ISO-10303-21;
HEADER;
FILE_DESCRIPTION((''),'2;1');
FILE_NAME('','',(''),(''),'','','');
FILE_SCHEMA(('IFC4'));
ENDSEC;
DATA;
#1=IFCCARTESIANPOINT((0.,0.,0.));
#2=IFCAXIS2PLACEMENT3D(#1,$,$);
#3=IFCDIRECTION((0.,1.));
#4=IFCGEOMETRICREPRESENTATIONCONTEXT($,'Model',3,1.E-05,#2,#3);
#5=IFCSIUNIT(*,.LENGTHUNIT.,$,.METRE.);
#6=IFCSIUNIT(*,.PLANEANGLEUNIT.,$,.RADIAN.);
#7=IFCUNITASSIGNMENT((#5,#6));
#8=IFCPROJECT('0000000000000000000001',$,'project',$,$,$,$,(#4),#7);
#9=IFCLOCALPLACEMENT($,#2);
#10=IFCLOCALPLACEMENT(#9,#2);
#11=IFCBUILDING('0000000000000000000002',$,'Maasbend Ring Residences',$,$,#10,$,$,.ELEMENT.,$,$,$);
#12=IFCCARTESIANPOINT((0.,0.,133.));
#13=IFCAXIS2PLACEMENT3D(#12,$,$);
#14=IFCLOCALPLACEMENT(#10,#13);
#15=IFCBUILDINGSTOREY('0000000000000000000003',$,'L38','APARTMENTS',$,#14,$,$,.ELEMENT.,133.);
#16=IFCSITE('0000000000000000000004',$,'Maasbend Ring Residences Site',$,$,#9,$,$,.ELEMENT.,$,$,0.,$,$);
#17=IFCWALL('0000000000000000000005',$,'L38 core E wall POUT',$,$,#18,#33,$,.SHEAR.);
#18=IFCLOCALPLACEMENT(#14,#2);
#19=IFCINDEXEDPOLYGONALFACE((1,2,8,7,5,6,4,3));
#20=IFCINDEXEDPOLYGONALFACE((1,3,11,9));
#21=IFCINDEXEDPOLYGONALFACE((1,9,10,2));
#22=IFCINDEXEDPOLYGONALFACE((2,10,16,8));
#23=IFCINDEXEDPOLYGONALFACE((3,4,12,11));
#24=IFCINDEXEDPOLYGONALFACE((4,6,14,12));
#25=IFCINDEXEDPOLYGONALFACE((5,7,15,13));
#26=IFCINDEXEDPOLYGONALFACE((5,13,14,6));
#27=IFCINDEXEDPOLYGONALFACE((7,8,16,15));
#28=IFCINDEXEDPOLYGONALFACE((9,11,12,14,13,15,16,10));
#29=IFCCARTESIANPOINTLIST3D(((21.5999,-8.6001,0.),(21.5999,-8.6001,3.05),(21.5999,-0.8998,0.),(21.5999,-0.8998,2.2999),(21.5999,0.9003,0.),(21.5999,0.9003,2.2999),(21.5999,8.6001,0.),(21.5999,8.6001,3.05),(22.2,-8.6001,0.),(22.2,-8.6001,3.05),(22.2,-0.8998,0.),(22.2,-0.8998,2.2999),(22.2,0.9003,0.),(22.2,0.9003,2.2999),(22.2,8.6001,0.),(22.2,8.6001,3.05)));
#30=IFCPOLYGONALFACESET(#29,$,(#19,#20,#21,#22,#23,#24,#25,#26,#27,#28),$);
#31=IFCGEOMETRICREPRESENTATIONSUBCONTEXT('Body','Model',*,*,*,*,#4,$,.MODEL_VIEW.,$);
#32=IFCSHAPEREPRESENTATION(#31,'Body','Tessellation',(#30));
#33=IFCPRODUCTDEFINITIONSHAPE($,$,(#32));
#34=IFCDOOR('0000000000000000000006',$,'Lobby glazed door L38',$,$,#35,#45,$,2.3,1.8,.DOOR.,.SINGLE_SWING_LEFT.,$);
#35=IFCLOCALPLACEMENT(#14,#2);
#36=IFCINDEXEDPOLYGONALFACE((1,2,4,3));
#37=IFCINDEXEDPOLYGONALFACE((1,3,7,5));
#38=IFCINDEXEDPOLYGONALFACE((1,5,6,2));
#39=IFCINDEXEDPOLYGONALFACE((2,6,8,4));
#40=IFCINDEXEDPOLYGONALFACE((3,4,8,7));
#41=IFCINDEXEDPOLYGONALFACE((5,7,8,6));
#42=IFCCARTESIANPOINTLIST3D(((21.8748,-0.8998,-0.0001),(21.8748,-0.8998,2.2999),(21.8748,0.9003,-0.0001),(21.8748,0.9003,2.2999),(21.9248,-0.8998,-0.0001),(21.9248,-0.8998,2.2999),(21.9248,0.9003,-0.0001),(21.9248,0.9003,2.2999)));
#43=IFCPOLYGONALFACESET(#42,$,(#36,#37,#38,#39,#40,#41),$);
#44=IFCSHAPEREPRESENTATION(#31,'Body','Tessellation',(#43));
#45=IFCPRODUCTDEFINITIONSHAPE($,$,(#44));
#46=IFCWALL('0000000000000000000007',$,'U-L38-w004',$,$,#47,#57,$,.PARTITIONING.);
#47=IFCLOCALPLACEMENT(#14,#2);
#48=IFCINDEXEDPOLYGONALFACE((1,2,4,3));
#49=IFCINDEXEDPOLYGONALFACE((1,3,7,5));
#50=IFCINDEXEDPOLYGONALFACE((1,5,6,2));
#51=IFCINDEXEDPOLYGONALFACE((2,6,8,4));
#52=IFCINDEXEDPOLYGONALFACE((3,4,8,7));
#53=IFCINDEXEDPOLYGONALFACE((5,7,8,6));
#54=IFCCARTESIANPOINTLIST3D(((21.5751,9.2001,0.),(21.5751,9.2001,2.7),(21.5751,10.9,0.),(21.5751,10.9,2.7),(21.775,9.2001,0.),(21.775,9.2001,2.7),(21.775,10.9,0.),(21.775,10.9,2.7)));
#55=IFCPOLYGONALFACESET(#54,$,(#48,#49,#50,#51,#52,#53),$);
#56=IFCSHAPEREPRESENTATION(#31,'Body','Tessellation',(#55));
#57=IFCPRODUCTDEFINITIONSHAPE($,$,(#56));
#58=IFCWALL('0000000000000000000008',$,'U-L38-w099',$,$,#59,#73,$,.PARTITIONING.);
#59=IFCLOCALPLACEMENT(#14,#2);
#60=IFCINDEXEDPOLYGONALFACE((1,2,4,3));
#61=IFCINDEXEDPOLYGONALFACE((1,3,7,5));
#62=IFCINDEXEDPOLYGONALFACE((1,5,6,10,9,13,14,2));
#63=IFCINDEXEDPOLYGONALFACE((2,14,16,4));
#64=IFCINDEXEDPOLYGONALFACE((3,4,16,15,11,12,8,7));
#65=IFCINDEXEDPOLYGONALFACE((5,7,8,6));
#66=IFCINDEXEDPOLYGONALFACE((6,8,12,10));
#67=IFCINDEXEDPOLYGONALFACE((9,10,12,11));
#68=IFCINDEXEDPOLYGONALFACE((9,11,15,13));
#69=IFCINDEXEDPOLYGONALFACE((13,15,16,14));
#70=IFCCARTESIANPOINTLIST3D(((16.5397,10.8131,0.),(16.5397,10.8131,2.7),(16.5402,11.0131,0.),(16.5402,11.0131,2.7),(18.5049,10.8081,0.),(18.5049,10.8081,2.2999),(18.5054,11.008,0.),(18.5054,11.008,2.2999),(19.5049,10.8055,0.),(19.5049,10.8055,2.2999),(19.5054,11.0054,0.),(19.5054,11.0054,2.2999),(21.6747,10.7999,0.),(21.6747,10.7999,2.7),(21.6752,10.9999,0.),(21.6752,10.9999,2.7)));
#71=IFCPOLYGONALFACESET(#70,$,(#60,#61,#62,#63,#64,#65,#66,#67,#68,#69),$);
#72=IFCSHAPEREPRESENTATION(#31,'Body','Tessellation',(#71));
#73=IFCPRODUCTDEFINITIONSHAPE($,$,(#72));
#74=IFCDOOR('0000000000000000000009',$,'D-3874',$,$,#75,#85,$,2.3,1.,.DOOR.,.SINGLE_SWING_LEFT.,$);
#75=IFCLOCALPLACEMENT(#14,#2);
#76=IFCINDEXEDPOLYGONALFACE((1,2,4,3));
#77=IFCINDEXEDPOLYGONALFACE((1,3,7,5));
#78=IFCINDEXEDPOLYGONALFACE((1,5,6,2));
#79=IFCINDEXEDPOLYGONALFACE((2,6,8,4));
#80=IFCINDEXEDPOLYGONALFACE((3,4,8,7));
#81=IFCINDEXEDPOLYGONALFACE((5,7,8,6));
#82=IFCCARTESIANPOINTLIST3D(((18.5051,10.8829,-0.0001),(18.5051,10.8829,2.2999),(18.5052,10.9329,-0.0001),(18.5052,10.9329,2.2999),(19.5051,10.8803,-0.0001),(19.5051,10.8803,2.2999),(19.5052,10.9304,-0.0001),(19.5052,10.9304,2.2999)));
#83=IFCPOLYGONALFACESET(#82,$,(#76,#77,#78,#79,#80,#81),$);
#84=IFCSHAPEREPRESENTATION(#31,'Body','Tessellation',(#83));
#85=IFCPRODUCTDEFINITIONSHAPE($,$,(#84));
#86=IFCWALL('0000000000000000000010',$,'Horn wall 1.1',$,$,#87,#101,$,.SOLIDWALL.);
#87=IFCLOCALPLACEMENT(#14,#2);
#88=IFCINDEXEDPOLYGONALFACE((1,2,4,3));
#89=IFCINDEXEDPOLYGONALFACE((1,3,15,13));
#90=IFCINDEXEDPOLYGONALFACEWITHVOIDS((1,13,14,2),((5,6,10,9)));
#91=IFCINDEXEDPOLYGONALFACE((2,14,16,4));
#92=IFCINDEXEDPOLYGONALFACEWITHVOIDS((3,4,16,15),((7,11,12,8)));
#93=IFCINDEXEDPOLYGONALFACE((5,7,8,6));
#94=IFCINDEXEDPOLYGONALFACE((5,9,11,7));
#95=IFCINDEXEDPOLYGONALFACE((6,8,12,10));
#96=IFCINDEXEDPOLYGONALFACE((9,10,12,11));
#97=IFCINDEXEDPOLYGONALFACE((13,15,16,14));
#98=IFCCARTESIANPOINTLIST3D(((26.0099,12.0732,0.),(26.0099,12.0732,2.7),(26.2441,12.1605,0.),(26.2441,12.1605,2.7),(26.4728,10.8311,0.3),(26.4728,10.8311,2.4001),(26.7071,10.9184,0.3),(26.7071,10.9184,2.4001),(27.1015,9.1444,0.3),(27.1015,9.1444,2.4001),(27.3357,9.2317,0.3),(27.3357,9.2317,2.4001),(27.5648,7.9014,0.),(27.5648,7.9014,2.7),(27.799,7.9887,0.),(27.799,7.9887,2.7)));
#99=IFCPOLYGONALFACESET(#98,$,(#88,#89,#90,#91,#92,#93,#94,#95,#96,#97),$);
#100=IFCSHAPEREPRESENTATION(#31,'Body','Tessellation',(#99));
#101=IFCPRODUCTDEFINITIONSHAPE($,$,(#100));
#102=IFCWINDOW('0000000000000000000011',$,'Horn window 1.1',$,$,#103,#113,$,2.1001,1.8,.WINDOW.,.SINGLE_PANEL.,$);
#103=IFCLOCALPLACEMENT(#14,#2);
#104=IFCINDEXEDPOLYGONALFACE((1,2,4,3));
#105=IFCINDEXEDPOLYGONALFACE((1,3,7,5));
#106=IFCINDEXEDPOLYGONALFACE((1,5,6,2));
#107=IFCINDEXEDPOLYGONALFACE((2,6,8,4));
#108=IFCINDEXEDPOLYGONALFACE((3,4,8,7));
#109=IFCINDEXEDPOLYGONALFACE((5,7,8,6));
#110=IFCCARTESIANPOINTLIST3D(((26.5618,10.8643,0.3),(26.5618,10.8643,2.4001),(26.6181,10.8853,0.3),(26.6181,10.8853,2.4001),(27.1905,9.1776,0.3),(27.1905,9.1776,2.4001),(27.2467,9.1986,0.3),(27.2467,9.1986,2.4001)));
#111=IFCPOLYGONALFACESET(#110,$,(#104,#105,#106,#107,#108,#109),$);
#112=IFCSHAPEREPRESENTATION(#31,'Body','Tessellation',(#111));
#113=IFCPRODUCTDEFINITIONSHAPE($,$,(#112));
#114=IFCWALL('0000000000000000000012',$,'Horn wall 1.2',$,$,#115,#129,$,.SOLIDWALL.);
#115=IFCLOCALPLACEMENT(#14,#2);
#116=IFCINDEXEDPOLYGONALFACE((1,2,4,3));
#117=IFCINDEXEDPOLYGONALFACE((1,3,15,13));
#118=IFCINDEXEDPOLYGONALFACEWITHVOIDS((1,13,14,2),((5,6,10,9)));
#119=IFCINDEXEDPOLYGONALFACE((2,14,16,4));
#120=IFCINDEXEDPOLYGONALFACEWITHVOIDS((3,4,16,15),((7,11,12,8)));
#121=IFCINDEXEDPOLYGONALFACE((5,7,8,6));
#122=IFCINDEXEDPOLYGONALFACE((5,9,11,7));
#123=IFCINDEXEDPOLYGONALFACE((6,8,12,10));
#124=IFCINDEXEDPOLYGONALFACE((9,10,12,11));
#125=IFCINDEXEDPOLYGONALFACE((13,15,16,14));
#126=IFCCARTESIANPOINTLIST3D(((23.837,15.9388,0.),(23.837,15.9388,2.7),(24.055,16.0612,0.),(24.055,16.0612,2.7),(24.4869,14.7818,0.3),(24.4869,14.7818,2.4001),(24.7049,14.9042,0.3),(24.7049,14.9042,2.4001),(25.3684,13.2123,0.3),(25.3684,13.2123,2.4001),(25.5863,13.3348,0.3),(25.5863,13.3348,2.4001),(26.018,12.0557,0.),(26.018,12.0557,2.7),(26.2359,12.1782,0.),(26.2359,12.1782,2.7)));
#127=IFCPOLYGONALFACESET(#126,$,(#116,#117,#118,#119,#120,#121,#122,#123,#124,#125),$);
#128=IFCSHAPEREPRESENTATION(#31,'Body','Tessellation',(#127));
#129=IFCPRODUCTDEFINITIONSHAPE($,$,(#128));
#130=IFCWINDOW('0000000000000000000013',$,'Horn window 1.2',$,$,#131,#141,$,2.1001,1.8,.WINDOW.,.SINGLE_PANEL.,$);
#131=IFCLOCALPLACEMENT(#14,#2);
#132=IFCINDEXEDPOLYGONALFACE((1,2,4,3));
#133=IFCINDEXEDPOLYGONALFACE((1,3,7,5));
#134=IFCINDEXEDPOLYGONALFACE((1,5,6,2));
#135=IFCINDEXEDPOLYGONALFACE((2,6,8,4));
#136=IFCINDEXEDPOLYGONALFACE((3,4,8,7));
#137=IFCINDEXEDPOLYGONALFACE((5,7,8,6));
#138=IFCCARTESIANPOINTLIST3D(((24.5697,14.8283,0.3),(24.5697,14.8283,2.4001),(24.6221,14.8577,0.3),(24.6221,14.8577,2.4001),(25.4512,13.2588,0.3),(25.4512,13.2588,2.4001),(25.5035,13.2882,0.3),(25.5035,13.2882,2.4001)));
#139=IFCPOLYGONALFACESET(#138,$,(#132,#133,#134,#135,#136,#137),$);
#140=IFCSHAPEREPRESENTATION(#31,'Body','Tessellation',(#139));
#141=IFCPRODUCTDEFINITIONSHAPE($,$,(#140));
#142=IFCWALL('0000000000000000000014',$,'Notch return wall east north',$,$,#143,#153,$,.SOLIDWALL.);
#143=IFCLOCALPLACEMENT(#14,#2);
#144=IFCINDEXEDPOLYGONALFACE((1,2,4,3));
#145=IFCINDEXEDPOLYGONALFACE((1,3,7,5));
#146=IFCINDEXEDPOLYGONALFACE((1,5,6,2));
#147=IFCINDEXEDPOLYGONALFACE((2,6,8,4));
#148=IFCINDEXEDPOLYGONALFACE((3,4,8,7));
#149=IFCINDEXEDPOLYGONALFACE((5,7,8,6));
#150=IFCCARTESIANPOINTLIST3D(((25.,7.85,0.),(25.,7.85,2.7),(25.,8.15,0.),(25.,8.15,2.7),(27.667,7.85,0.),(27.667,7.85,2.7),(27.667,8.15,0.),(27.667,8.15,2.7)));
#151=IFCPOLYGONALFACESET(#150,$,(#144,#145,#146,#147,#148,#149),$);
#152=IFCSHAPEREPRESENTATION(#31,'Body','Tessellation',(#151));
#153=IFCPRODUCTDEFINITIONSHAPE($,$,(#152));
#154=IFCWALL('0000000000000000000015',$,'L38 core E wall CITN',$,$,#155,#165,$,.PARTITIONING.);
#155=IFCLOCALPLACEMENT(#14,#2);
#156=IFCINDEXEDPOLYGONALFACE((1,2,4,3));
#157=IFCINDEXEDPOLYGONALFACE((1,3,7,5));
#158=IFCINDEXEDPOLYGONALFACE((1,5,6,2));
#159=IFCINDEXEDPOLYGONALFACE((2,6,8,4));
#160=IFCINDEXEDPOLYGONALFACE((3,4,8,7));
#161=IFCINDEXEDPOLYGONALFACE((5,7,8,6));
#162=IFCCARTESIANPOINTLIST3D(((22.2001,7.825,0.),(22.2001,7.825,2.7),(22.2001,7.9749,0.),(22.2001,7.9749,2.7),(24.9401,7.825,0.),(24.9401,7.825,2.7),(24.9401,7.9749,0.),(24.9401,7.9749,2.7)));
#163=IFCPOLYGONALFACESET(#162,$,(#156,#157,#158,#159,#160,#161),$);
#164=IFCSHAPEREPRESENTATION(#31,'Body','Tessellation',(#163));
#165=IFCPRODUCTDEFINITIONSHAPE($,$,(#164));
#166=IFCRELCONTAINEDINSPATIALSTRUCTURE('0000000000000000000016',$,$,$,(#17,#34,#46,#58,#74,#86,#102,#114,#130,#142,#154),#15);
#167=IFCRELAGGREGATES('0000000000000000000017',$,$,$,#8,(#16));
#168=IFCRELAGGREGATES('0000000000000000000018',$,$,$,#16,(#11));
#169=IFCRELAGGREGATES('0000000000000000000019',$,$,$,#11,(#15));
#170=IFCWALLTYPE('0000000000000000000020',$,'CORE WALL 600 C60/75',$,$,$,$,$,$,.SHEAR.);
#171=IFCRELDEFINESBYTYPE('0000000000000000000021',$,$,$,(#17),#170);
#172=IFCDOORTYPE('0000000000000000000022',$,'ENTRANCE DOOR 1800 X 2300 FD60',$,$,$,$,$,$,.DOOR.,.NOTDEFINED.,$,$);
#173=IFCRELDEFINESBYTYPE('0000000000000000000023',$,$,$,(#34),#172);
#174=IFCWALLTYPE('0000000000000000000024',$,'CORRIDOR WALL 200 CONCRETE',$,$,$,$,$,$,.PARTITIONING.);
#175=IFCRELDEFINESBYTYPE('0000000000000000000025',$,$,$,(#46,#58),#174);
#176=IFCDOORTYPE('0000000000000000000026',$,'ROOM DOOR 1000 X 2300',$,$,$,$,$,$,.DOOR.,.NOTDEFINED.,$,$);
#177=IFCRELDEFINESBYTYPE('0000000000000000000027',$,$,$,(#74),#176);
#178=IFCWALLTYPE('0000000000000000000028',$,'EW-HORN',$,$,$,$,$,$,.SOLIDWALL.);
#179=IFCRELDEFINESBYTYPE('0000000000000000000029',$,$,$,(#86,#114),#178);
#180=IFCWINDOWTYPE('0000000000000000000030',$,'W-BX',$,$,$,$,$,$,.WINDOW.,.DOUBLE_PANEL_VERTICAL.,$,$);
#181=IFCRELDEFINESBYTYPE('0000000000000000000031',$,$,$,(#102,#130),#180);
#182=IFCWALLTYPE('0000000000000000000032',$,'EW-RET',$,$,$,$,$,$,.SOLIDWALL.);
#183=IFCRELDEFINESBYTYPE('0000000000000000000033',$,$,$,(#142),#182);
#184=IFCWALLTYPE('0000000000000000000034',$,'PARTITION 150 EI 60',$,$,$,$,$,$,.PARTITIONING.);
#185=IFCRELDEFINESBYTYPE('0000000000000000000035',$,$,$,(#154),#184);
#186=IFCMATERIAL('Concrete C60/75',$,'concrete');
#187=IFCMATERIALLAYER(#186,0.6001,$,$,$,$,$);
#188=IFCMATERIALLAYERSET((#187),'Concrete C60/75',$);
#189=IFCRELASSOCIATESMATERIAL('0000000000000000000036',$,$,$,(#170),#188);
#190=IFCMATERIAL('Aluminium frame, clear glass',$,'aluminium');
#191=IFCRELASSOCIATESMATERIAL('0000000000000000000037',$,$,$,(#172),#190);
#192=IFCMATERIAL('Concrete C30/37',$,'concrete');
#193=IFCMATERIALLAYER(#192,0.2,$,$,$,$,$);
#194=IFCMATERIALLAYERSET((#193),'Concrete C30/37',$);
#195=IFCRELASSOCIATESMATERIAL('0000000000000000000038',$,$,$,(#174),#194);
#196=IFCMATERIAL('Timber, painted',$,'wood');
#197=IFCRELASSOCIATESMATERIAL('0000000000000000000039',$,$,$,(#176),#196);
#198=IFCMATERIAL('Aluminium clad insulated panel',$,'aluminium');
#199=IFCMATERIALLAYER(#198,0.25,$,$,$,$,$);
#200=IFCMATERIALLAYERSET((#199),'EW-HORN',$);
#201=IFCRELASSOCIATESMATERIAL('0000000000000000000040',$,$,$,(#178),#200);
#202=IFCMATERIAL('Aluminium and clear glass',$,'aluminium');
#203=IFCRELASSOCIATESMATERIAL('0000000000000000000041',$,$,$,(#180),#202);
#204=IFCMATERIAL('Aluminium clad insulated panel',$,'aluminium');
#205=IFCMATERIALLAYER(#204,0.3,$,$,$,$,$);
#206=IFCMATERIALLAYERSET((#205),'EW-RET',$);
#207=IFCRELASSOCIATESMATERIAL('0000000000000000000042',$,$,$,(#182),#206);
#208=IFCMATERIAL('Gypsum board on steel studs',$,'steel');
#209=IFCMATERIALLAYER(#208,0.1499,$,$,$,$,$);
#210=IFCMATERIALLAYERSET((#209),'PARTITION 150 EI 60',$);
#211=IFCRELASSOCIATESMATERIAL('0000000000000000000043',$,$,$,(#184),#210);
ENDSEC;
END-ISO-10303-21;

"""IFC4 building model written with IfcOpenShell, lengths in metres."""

from ifc_helpers import new_model, si_unit, direction, frame, frame_2d, origin, place, context, subcontext, project, spatial, rectangle, extrude, material, layer, layer_set, type_object, element, fill, save


model = new_model("IFC4")

# Units and contexts
model_context = context("Model", 3, precision=1e-05, world=origin(), true_north=direction((0.0, 1.0)))
body_context = subcontext(model_context, "Body", "Model", "MODEL_VIEW")
ifc_project = project(units=[si_unit("LENGTHUNIT", "METRE"), si_unit("PLANEANGLEUNIT", "RADIAN")], contexts=[model_context])

# Site, building, storey
site_placement = place(None, origin())
site = spatial("IfcSite", under=ifc_project, at=site_placement, Name="Maasbend Ring Residences Site", CompositionType="ELEMENT", RefElevation=0.0)
building_placement = place(site_placement, origin())
building = spatial("IfcBuilding", under=site, at=building_placement, Name="Maasbend Ring Residences", CompositionType="ELEMENT")
storey_placement = place(building_placement, frame((0.0, 0.0, 133.0)))
storey = spatial("IfcBuildingStorey", under=building, at=storey_placement, Name="L38", Description="APARTMENTS", CompositionType="ELEMENT", Elevation=133.0)

# Wall, opening, door
ifc_material_1 = material(Name="Concrete C60/75", Category="concrete")
ifc_layer_1 = layer(ifc_material_1, 0.6001)
ifc_layer_set_1 = layer_set([ifc_layer_1], Name="Concrete C60/75")
wall_type_1 = type_object("IfcWallType", Name="CORE WALL 600 C60/75", PredefinedType="SHEAR", material=ifc_layer_set_1)
wall_1_placement = place(storey_placement, frame((21.8999, 8.6001, 0.0), z_axis=(0.0, 0.0, 1.0), x_axis=(0.0, -1.0, 0.0)))
wall_1 = element("IfcWall", 1, at=wall_1_placement, inside=storey, type_object=wall_type_1, Name="L38 core E wall POUT", PredefinedType="SHEAR", context=body_context, shape_type="SweptSolid", body=[
    extrude(rectangle(XDim=17.2002, YDim=0.6001, at=frame_2d((8.6001, 0.0))), origin(), (0.0, 0.0, 1.0), 3.05),
])
opening_1_placement = place(wall_1_placement, frame((7.7, 0.0, 0.0)))
opening_1 = element("IfcOpeningElement", 2, at=opening_1_placement, cuts=wall_1, PredefinedType="OPENING", context=body_context, shape_type="SweptSolid", body=[
    extrude(rectangle(XDim=1.8, YDim=2.3, at=frame_2d((0.8999, 1.1499))), frame((0.0, 0.3101, 0.0), z_axis=(0.0, -1.0, 0.0), x_axis=(1.0, 0.0, 0.0)), (0.0, 0.0, 1.0), 0.6201),
])
ifc_material_2 = material(Name="Aluminium frame, clear glass", Category="aluminium")
door_type_1 = type_object("IfcDoorType", Name="ENTRANCE DOOR 1800 X 2300 FD60", OperationType="NOTDEFINED", PredefinedType="DOOR", material=ifc_material_2)
door_1_placement = place(opening_1_placement, origin())
door_1 = element("IfcDoor", 3, at=door_1_placement, inside=storey, type_object=door_type_1, Name="Lobby glazed door L38", OperationType="SINGLE_SWING_LEFT", OverallHeight=2.3, OverallWidth=1.8, PredefinedType="DOOR", context=body_context, shape_type="SweptSolid", body=[
    extrude(rectangle(XDim=1.8, YDim=2.3, at=frame_2d((0.8999, 1.1499))), frame((0.0, 0.0249, 0.0), z_axis=(0.0, -1.0, 0.0), x_axis=(1.0, 0.0, 0.0)), (0.0, 0.0, 1.0), 0.05),
])
fill(opening_1, door_1)

# Wall
ifc_material_3 = material(Name="Concrete C30/37", Category="concrete")
ifc_layer_2 = layer(ifc_material_3, 0.2)
ifc_layer_set_2 = layer_set([ifc_layer_2], Name="Concrete C30/37")
wall_type_2 = type_object("IfcWallType", Name="CORRIDOR WALL 200 CONCRETE", PredefinedType="PARTITIONING", material=ifc_layer_set_2)
wall_2_placement = place(storey_placement, frame((21.675, 9.2, 0.0), z_axis=(0.0, 0.0, 1.0), x_axis=(0.0, 1.0, 0.0)))
element("IfcWall", 4, at=wall_2_placement, inside=storey, type_object=wall_type_2, Name="U-L38-w004", PredefinedType="PARTITIONING", context=body_context, shape_type="SweptSolid", body=[
    extrude(rectangle(XDim=1.7, YDim=0.2, at=frame_2d((0.8501, 0.0))), origin(), (0.0, 0.0, 1.0), 2.7),
])

# Wall, opening, door
wall_3_placement = place(storey_placement, frame((16.54, 10.9131, 0.0), z_axis=(0.0, 0.0, 1.0), x_axis=(0.999997, -0.002567, 0.0)))
wall_3 = element("IfcWall", 5, at=wall_3_placement, inside=storey, type_object=wall_type_2, Name="U-L38-w099", PredefinedType="PARTITIONING", context=body_context, shape_type="SweptSolid", body=[
    extrude(rectangle(XDim=5.135, YDim=0.2, at=frame_2d((2.5674, 0.0))), origin(), (0.0, 0.0, 1.0), 2.7),
])
opening_2_placement = place(wall_3_placement, frame((1.9651, 0.0, 0.0)))
opening_2 = element("IfcOpeningElement", 6, at=opening_2_placement, cuts=wall_3, PredefinedType="OPENING", context=body_context, shape_type="SweptSolid", body=[
    extrude(rectangle(XDim=1.0, YDim=2.3, at=frame_2d((0.5, 1.1499))), frame((0.0, 0.1099, 0.0), z_axis=(0.0, -1.0, 0.0), x_axis=(1.0, 0.0, 0.0)), (0.0, 0.0, 1.0), 0.22),
])
ifc_material_4 = material(Name="Timber, painted", Category="wood")
door_type_2 = type_object("IfcDoorType", Name="ROOM DOOR 1000 X 2300", OperationType="NOTDEFINED", PredefinedType="DOOR", material=ifc_material_4)
door_2_placement = place(opening_2_placement, origin())
door_2 = element("IfcDoor", 7, at=door_2_placement, inside=storey, type_object=door_type_2, Name="D-3874", OperationType="SINGLE_SWING_LEFT", OverallHeight=2.3, OverallWidth=1.0, PredefinedType="DOOR", context=body_context, shape_type="SweptSolid", body=[
    extrude(rectangle(XDim=1.0, YDim=2.3, at=frame_2d((0.5, 1.1499))), frame((0.0, 0.0249, 0.0), z_axis=(0.0, -1.0, 0.0), x_axis=(1.0, 0.0, 0.0)), (0.0, 0.0, 1.0), 0.05),
])
fill(opening_2, door_2)

# Walls, openings, windows
ifc_material_5 = material(Name="Aluminium clad insulated panel", Category="aluminium")
ifc_layer_3 = layer(ifc_material_5, 0.25)
ifc_layer_set_3 = layer_set([ifc_layer_3], Name="EW-HORN")
wall_type_3 = type_object("IfcWallType", Name="EW-HORN", PredefinedType="SOLIDWALL", material=ifc_layer_set_3)
wall_4_placement = place(storey_placement, frame((27.6819, 7.9451, 0.0), z_axis=(0.0, 0.0, 1.0), x_axis=(-0.349248, 0.93703, 0.0)))
wall_4 = element("IfcWall", 8, at=wall_4_placement, inside=storey, type_object=wall_type_3, Name="Horn wall 1.1", PredefinedType="SOLIDWALL", context=body_context, shape_type="SweptSolid", body=[
    extrude(rectangle(XDim=4.4521, YDim=0.25, at=frame_2d((2.2261, 0.0))), origin(), (0.0, 0.0, 1.0), 2.7),
])
opening_3_placement = place(wall_4_placement, frame((1.3267, 0.0, 0.3)))
opening_3 = element("IfcOpeningElement", 9, at=opening_3_placement, cuts=wall_4, PredefinedType="OPENING", context=body_context, shape_type="SweptSolid", body=[
    extrude(rectangle(XDim=1.8, YDim=2.1001, at=frame_2d((0.8999, 1.05))), frame((0.0, 0.135, 0.0), z_axis=(0.0, -1.0, 0.0), x_axis=(1.0, 0.0, 0.0)), (0.0, 0.0, 1.0), 0.27),
])
ifc_material_6 = material(Name="Aluminium and clear glass", Category="aluminium")
window_type = type_object("IfcWindowType", Name="W-BX", PartitioningType="DOUBLE_PANEL_VERTICAL", PredefinedType="WINDOW", material=ifc_material_6)
window_1_placement = place(opening_3_placement, origin())
window_1 = element("IfcWindow", 10, at=window_1_placement, inside=storey, type_object=window_type, Name="Horn window 1.1", OverallHeight=2.1001, OverallWidth=1.8, PartitioningType="SINGLE_PANEL", PredefinedType="WINDOW", context=body_context, shape_type="SweptSolid", body=[
    extrude(rectangle(XDim=1.8, YDim=2.1001, at=frame_2d((0.8999, 1.05))), frame((0.0, 0.03, 0.0), z_axis=(0.0, -1.0, 0.0), x_axis=(1.0, 0.0, 0.0)), (0.0, 0.0, 1.0), 0.0601),
])
fill(opening_3, window_1)
wall_5_placement = place(storey_placement, frame((26.127, 12.1169, 0.0), z_axis=(0.0, 0.0, 1.0), x_axis=(-0.489696, 0.871893, 0.0)))
wall_5 = element("IfcWall", 11, at=wall_5_placement, inside=storey, type_object=wall_type_3, Name="Horn wall 1.2", PredefinedType="SOLIDWALL", context=body_context, shape_type="SweptSolid", body=[
    extrude(rectangle(XDim=4.4536, YDim=0.25, at=frame_2d((2.2268, 0.0))), origin(), (0.0, 0.0, 1.0), 2.7),
])
opening_4_placement = place(wall_5_placement, frame((1.3267, 0.0, 0.3)))
opening_4 = element("IfcOpeningElement", 12, at=opening_4_placement, cuts=wall_5, PredefinedType="OPENING", context=body_context, shape_type="SweptSolid", body=[
    extrude(rectangle(XDim=1.8, YDim=2.1001, at=frame_2d((0.8999, 1.05))), frame((0.0, 0.135, 0.0), z_axis=(0.0, -1.0, 0.0), x_axis=(1.0, 0.0, 0.0)), (0.0, 0.0, 1.0), 0.27),
])
window_2_placement = place(opening_4_placement, origin())
window_2 = element("IfcWindow", 13, at=window_2_placement, inside=storey, type_object=window_type, Name="Horn window 1.2", OverallHeight=2.1001, OverallWidth=1.8, PartitioningType="SINGLE_PANEL", PredefinedType="WINDOW", context=body_context, shape_type="SweptSolid", body=[
    extrude(rectangle(XDim=1.8, YDim=2.1001, at=frame_2d((0.8999, 1.05))), frame((0.0, 0.03, 0.0), z_axis=(0.0, -1.0, 0.0), x_axis=(1.0, 0.0, 0.0)), (0.0, 0.0, 1.0), 0.0601),
])
fill(opening_4, window_2)

# Walls
ifc_material_7 = material(Name="Aluminium clad insulated panel", Category="aluminium")
ifc_layer_4 = layer(ifc_material_7, 0.3)
ifc_layer_set_4 = layer_set([ifc_layer_4], Name="EW-RET")
wall_type_4 = type_object("IfcWallType", Name="EW-RET", PredefinedType="SOLIDWALL", material=ifc_layer_set_4)
wall_6_placement = place(storey_placement, frame((25.0, 8.0, 0.0), z_axis=(0.0, 0.0, 1.0), x_axis=(1.0, 0.0, 0.0)))
element("IfcWall", 14, at=wall_6_placement, inside=storey, type_object=wall_type_4, Name="Notch return wall east north", PredefinedType="SOLIDWALL", context=body_context, shape_type="SweptSolid", body=[
    extrude(rectangle(XDim=2.667, YDim=0.3, at=frame_2d((1.3335, 0.0))), origin(), (0.0, 0.0, 1.0), 2.7),
])
ifc_material_8 = material(Name="Gypsum board on steel studs", Category="steel")
ifc_layer_5 = layer(ifc_material_8, 0.1499)
ifc_layer_set_5 = layer_set([ifc_layer_5], Name="PARTITION 150 EI 60")
wall_type_5 = type_object("IfcWallType", Name="PARTITION 150 EI 60", PredefinedType="PARTITIONING", material=ifc_layer_set_5)
wall_7_placement = place(storey_placement, frame((22.2, 7.8999, 0.0), z_axis=(0.0, 0.0, 1.0), x_axis=(1.0, 0.0, 0.0)))
element("IfcWall", 15, at=wall_7_placement, inside=storey, type_object=wall_type_5, Name="L38 core E wall CITN", PredefinedType="PARTITIONING", context=body_context, shape_type="SweptSolid", body=[
    extrude(rectangle(XDim=2.74, YDim=0.1499, at=frame_2d((1.3701, 0.0))), origin(), (0.0, 0.0, 1.0), 2.7),
])

save(model, "model.ifc")
